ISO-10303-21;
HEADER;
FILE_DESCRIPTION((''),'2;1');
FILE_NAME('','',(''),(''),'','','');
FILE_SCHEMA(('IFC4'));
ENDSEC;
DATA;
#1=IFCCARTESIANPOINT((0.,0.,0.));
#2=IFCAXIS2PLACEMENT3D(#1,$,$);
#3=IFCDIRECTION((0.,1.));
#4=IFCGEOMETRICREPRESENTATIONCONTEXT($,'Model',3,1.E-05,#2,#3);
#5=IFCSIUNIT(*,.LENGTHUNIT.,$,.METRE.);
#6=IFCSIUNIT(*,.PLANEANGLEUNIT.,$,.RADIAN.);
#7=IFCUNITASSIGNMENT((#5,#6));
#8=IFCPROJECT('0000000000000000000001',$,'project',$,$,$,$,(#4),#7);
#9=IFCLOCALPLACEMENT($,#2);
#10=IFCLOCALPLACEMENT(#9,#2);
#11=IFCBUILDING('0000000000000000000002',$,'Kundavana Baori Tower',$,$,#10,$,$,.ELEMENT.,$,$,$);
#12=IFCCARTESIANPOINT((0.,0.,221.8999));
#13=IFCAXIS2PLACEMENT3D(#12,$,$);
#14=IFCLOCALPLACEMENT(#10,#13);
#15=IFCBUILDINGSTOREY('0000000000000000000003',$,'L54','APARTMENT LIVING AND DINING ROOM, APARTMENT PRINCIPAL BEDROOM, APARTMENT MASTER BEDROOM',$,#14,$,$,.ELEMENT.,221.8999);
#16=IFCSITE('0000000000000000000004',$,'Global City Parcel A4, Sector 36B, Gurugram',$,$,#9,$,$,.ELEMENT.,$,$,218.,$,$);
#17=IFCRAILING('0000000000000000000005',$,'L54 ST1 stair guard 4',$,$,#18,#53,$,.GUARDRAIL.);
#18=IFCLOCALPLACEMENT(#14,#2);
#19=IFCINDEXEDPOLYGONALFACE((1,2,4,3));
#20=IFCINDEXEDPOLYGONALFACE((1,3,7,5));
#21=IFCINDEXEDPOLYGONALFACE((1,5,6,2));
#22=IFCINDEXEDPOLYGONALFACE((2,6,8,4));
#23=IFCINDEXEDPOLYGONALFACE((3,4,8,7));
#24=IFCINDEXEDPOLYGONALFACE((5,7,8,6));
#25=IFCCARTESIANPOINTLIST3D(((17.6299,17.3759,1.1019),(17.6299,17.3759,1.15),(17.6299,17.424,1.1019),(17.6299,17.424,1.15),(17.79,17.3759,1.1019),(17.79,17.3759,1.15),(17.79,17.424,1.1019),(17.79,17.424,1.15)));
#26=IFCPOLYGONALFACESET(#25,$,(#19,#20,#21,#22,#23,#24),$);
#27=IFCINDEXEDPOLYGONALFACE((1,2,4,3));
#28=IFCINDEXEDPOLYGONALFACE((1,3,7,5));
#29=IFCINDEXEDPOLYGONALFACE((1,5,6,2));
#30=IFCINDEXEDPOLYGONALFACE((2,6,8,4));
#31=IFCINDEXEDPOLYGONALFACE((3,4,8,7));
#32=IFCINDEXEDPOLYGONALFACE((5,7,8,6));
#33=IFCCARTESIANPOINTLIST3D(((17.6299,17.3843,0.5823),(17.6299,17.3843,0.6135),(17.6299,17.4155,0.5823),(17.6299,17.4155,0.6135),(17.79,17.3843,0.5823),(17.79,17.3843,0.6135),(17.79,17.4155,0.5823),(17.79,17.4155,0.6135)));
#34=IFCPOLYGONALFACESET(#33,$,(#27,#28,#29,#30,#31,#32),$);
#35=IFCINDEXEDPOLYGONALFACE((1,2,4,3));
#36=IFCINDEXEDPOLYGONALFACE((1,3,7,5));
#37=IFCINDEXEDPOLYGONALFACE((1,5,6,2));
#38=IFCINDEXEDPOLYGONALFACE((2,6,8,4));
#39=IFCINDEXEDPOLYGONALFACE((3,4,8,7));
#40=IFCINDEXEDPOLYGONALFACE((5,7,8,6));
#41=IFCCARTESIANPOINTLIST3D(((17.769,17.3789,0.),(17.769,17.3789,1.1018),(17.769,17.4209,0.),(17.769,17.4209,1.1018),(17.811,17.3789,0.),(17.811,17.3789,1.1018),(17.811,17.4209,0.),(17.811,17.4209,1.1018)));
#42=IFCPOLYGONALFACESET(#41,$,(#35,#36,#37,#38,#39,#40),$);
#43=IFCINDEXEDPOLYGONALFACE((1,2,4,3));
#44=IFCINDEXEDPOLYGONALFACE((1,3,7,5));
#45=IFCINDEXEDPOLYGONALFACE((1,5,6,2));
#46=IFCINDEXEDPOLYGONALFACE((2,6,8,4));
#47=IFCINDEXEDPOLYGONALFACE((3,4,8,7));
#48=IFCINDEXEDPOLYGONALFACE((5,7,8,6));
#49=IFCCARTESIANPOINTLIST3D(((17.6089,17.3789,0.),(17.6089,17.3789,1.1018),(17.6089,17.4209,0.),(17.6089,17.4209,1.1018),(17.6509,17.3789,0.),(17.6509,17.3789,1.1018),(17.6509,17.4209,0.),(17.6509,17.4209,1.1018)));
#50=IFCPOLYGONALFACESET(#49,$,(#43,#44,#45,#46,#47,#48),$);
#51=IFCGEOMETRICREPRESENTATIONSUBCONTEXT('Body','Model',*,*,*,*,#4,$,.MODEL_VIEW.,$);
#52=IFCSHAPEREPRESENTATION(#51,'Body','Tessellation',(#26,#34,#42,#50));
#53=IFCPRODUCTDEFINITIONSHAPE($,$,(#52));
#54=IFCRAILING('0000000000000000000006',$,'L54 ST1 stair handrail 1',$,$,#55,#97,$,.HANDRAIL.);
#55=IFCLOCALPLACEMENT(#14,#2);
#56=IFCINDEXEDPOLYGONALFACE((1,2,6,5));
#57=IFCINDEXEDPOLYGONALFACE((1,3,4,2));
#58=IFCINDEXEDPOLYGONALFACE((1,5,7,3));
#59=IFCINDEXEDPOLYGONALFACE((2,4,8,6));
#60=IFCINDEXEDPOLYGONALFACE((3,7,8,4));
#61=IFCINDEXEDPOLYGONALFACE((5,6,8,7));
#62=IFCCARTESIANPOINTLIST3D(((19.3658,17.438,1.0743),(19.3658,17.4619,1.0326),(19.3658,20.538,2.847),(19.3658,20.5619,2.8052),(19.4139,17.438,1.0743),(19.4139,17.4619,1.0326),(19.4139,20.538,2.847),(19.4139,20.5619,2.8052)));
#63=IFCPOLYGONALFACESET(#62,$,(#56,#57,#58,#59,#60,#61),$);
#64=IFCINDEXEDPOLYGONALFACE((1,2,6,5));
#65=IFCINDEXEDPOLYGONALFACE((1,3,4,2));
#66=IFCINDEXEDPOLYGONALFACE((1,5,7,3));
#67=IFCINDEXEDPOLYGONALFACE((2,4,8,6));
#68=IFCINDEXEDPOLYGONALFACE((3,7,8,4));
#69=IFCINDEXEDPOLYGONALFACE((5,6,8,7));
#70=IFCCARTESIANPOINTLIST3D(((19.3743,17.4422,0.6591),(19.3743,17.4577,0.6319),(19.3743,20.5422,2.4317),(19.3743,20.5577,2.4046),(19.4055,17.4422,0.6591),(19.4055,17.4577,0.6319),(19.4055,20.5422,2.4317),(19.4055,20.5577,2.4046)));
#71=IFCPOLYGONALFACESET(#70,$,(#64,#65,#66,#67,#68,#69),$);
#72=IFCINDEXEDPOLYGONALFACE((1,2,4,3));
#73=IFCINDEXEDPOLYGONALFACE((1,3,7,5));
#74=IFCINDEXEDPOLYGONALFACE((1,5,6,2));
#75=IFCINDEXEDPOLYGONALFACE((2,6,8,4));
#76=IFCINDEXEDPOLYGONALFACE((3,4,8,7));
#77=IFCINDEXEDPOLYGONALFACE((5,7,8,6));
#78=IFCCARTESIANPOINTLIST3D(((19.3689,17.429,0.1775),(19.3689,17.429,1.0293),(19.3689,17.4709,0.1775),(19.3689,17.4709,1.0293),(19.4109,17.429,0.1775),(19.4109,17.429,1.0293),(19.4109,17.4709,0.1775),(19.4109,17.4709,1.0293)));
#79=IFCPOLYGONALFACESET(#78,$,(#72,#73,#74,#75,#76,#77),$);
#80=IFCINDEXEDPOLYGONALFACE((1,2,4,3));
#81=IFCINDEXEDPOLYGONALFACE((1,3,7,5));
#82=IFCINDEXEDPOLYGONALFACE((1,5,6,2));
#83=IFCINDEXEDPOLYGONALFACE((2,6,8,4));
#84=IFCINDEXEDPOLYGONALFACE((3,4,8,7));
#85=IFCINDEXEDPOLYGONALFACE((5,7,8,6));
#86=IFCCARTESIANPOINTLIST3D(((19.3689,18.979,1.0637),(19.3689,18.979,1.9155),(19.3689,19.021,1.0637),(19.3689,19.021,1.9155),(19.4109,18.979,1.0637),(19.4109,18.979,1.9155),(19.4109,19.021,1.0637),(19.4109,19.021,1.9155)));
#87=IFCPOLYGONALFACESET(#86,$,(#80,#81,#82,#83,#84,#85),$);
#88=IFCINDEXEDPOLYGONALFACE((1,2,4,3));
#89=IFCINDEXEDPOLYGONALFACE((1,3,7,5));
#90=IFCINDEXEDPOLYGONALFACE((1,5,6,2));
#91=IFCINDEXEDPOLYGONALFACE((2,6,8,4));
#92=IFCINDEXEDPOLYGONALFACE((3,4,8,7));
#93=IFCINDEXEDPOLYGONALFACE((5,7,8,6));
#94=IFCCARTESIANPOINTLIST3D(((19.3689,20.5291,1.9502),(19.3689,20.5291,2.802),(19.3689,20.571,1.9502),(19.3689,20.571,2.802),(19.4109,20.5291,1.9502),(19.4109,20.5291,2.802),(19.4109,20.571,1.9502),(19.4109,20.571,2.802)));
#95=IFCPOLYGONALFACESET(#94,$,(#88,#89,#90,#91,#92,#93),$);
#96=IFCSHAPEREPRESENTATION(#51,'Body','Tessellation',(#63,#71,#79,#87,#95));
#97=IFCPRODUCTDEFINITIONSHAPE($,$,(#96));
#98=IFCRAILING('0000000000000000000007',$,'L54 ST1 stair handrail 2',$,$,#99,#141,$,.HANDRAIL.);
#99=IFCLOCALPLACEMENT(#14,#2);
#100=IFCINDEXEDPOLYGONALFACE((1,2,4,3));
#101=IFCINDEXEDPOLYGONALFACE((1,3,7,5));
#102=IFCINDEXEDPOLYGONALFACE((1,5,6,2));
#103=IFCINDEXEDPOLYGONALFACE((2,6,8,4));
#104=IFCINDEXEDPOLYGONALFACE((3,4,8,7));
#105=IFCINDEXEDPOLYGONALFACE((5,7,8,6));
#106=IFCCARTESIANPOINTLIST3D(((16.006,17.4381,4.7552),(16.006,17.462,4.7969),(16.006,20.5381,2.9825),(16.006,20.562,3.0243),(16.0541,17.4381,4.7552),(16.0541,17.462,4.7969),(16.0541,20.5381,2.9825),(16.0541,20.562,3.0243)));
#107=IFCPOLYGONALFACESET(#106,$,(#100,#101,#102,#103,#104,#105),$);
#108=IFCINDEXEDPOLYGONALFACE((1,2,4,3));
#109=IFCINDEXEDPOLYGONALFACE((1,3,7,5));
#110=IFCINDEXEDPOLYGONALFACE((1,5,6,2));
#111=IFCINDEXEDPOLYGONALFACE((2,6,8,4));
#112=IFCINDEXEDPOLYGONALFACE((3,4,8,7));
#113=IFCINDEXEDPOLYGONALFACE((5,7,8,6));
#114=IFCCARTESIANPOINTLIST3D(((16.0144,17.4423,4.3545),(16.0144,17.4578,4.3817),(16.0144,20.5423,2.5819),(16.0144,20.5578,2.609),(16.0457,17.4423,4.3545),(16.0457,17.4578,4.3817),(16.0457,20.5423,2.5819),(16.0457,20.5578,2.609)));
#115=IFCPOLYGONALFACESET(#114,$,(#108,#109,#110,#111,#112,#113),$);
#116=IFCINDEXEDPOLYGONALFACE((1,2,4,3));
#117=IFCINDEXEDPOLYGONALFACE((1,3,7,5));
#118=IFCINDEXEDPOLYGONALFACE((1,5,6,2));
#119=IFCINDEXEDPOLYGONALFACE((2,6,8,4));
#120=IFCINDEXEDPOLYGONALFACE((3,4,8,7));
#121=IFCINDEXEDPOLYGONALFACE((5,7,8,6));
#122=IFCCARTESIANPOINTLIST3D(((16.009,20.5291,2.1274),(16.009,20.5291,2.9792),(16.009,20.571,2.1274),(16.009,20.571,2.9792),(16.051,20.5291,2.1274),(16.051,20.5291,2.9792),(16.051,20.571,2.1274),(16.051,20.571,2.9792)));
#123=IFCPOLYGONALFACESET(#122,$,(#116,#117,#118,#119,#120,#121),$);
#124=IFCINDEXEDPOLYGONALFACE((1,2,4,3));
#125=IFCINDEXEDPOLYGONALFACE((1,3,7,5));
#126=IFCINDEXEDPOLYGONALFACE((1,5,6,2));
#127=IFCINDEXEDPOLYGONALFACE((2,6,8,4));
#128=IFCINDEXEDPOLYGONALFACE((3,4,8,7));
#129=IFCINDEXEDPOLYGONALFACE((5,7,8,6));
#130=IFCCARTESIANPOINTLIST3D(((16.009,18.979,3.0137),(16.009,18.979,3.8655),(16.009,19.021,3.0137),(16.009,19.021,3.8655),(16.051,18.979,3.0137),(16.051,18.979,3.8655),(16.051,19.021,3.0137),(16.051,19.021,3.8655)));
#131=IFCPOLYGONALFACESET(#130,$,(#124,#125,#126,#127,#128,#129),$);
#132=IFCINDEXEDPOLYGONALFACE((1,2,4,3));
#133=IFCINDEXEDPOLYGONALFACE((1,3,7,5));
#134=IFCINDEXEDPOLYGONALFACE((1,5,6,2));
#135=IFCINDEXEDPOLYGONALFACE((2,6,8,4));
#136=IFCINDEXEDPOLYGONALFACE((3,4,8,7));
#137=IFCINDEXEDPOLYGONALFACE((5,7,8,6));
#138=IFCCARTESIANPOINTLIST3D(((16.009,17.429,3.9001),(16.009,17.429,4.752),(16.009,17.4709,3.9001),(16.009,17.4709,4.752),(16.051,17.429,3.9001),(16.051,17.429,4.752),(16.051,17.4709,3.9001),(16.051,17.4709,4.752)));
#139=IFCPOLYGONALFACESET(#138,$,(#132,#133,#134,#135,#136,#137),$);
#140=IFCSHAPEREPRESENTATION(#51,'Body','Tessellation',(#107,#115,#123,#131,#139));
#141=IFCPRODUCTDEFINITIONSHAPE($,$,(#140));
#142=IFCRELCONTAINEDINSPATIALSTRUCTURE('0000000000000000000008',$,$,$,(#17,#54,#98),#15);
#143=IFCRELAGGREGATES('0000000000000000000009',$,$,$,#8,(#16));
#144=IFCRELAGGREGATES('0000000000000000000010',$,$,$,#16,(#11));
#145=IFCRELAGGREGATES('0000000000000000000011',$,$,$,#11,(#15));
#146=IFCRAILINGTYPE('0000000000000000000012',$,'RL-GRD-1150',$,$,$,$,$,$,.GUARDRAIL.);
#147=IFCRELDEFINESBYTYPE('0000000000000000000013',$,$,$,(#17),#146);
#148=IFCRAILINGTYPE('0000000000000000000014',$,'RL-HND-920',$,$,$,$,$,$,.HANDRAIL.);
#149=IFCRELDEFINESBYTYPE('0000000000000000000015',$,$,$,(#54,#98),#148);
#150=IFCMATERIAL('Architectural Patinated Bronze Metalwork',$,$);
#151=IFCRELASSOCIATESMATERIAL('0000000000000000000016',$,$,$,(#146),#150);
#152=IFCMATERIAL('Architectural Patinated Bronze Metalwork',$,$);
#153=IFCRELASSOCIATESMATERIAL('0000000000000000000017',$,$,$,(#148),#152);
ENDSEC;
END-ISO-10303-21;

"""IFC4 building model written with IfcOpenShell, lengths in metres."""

from ifc_helpers import new_model, si_unit, direction, frame, origin, origin_2d, place, context, subcontext, project, spatial, rectangle, extrude, material, type_object, element, save


model = new_model("IFC4")

# Units and contexts
model_context = context("Model", 3, precision=1e-05, world=origin(), true_north=direction((0.0, 1.0)))
body_context = subcontext(model_context, "Body", "Model", "MODEL_VIEW")
ifc_project = project(units=[si_unit("LENGTHUNIT", "METRE"), si_unit("PLANEANGLEUNIT", "RADIAN")], contexts=[model_context])

# Site, building, storey
site_placement = place(None, origin())
site = spatial("IfcSite", under=ifc_project, at=site_placement, Name="Global City Parcel A4, Sector 36B, Gurugram", CompositionType="ELEMENT", RefElevation=218.0)
building_placement = place(site_placement, origin())
building = spatial("IfcBuilding", under=site, at=building_placement, Name="Kundavana Baori Tower", CompositionType="ELEMENT")
storey_placement = place(building_placement, frame((0.0, 0.0, 221.8999)))
storey = spatial("IfcBuildingStorey", under=building, at=storey_placement, Name="L54", Description="APARTMENT LIVING AND DINING ROOM, APARTMENT PRINCIPAL BEDROOM, APARTMENT MASTER BEDROOM", CompositionType="ELEMENT", Elevation=221.8999)

# Railings
ifc_material_1 = material(Name="Architectural Patinated Bronze Metalwork")
railing_type_1 = type_object("IfcRailingType", Name="RL-GRD-1150", PredefinedType="GUARDRAIL", material=ifc_material_1)
railing_1_placement = place(storey_placement, frame((17.79, 17.3999, 0.0)))
element("IfcRailing", 1, at=railing_1_placement, inside=storey, type_object=railing_type_1, Name="L54 ST1 stair guard 4", PredefinedType="GUARDRAIL", context=body_context, shape_type="SweptSolid", body=[
    extrude(rectangle(XDim=0.0481, YDim=0.0481, at=origin_2d()), frame((0.0, 0.0, 1.126), z_axis=(-1.0, 0.0, 0.0), x_axis=(0.0, -1.0, 0.0)), (0.0, 0.0, 1.0), 0.1602),
    extrude(rectangle(XDim=0.0312, YDim=0.0312, at=origin_2d()), frame((0.0, 0.0, 0.5979), z_axis=(-1.0, 0.0, 0.0), x_axis=(0.0, -1.0, 0.0)), (0.0, 0.0, 1.0), 0.1602),
    extrude(rectangle(XDim=0.042, YDim=0.042, at=origin_2d()), origin(), (0.0, 0.0, 1.0), 1.1018),
    extrude(rectangle(XDim=0.042, YDim=0.042, at=origin_2d()), frame((-0.1602, 0.0, 0.0)), (0.0, 0.0, 1.0), 1.1018),
])
ifc_material_2 = material(Name="Architectural Patinated Bronze Metalwork")
railing_type_2 = type_object("IfcRailingType", Name="RL-HND-920", PredefinedType="HANDRAIL", material=ifc_material_2)
railing_2_placement = place(storey_placement, frame((19.3899, 17.45, 0.1775)))
element("IfcRailing", 2, at=railing_2_placement, inside=storey, type_object=railing_type_2, Name="L54 ST1 stair handrail 1", PredefinedType="HANDRAIL", context=body_context, shape_type="SweptSolid", body=[
    extrude(rectangle(XDim=0.0481, YDim=0.0481, at=origin_2d()), frame((0.0, 0.0, 0.876), z_axis=(0.0, 0.868096, 0.496397), x_axis=(-1.0, 0.0, 0.0)), (0.0, 0.0, 1.0), 3.571),
    extrude(rectangle(XDim=0.0312, YDim=0.0312, at=origin_2d()), frame((0.0, 0.0, 0.468), z_axis=(0.0, 0.868096, 0.496397), x_axis=(-1.0, 0.0, 0.0)), (0.0, 0.0, 1.0), 3.571),
    extrude(rectangle(XDim=0.042, YDim=0.042, at=origin_2d()), origin(), (0.0, 0.0, 1.0), 0.8518),
    extrude(rectangle(XDim=0.042, YDim=0.042, at=origin_2d()), frame((0.0, 1.55, 0.8862)), (0.0, 0.0, 1.0), 0.8518),
    extrude(rectangle(XDim=0.042, YDim=0.042, at=origin_2d()), frame((0.0, 3.1001, 1.7727)), (0.0, 0.0, 1.0), 0.8518),
])
railing_3_placement = place(storey_placement, frame((16.03, 20.55, 2.1274)))
element("IfcRailing", 3, at=railing_3_placement, inside=storey, type_object=railing_type_2, Name="L54 ST1 stair handrail 2", PredefinedType="HANDRAIL", context=body_context, shape_type="SweptSolid", body=[
    extrude(rectangle(XDim=0.0481, YDim=0.0481, at=origin_2d()), frame((0.0, 0.0, 0.876), z_axis=(0.0, -0.868096, 0.496397), x_axis=(1.0, 0.0, 0.0)), (0.0, 0.0, 1.0), 3.571),
    extrude(rectangle(XDim=0.0312, YDim=0.0312, at=origin_2d()), frame((0.0, 0.0, 0.468), z_axis=(0.0, -0.868096, 0.496397), x_axis=(1.0, 0.0, 0.0)), (0.0, 0.0, 1.0), 3.571),
    extrude(rectangle(XDim=0.042, YDim=0.042, at=origin_2d()), origin(), (0.0, 0.0, 1.0), 0.8518),
    extrude(rectangle(XDim=0.042, YDim=0.042, at=origin_2d()), frame((0.0, -1.55, 0.8862)), (0.0, 0.0, 1.0), 0.8518),
    extrude(rectangle(XDim=0.042, YDim=0.042, at=origin_2d()), frame((0.0, -3.1001, 1.7727)), (0.0, 0.0, 1.0), 0.8518),
])

save(model, "model.ifc")
